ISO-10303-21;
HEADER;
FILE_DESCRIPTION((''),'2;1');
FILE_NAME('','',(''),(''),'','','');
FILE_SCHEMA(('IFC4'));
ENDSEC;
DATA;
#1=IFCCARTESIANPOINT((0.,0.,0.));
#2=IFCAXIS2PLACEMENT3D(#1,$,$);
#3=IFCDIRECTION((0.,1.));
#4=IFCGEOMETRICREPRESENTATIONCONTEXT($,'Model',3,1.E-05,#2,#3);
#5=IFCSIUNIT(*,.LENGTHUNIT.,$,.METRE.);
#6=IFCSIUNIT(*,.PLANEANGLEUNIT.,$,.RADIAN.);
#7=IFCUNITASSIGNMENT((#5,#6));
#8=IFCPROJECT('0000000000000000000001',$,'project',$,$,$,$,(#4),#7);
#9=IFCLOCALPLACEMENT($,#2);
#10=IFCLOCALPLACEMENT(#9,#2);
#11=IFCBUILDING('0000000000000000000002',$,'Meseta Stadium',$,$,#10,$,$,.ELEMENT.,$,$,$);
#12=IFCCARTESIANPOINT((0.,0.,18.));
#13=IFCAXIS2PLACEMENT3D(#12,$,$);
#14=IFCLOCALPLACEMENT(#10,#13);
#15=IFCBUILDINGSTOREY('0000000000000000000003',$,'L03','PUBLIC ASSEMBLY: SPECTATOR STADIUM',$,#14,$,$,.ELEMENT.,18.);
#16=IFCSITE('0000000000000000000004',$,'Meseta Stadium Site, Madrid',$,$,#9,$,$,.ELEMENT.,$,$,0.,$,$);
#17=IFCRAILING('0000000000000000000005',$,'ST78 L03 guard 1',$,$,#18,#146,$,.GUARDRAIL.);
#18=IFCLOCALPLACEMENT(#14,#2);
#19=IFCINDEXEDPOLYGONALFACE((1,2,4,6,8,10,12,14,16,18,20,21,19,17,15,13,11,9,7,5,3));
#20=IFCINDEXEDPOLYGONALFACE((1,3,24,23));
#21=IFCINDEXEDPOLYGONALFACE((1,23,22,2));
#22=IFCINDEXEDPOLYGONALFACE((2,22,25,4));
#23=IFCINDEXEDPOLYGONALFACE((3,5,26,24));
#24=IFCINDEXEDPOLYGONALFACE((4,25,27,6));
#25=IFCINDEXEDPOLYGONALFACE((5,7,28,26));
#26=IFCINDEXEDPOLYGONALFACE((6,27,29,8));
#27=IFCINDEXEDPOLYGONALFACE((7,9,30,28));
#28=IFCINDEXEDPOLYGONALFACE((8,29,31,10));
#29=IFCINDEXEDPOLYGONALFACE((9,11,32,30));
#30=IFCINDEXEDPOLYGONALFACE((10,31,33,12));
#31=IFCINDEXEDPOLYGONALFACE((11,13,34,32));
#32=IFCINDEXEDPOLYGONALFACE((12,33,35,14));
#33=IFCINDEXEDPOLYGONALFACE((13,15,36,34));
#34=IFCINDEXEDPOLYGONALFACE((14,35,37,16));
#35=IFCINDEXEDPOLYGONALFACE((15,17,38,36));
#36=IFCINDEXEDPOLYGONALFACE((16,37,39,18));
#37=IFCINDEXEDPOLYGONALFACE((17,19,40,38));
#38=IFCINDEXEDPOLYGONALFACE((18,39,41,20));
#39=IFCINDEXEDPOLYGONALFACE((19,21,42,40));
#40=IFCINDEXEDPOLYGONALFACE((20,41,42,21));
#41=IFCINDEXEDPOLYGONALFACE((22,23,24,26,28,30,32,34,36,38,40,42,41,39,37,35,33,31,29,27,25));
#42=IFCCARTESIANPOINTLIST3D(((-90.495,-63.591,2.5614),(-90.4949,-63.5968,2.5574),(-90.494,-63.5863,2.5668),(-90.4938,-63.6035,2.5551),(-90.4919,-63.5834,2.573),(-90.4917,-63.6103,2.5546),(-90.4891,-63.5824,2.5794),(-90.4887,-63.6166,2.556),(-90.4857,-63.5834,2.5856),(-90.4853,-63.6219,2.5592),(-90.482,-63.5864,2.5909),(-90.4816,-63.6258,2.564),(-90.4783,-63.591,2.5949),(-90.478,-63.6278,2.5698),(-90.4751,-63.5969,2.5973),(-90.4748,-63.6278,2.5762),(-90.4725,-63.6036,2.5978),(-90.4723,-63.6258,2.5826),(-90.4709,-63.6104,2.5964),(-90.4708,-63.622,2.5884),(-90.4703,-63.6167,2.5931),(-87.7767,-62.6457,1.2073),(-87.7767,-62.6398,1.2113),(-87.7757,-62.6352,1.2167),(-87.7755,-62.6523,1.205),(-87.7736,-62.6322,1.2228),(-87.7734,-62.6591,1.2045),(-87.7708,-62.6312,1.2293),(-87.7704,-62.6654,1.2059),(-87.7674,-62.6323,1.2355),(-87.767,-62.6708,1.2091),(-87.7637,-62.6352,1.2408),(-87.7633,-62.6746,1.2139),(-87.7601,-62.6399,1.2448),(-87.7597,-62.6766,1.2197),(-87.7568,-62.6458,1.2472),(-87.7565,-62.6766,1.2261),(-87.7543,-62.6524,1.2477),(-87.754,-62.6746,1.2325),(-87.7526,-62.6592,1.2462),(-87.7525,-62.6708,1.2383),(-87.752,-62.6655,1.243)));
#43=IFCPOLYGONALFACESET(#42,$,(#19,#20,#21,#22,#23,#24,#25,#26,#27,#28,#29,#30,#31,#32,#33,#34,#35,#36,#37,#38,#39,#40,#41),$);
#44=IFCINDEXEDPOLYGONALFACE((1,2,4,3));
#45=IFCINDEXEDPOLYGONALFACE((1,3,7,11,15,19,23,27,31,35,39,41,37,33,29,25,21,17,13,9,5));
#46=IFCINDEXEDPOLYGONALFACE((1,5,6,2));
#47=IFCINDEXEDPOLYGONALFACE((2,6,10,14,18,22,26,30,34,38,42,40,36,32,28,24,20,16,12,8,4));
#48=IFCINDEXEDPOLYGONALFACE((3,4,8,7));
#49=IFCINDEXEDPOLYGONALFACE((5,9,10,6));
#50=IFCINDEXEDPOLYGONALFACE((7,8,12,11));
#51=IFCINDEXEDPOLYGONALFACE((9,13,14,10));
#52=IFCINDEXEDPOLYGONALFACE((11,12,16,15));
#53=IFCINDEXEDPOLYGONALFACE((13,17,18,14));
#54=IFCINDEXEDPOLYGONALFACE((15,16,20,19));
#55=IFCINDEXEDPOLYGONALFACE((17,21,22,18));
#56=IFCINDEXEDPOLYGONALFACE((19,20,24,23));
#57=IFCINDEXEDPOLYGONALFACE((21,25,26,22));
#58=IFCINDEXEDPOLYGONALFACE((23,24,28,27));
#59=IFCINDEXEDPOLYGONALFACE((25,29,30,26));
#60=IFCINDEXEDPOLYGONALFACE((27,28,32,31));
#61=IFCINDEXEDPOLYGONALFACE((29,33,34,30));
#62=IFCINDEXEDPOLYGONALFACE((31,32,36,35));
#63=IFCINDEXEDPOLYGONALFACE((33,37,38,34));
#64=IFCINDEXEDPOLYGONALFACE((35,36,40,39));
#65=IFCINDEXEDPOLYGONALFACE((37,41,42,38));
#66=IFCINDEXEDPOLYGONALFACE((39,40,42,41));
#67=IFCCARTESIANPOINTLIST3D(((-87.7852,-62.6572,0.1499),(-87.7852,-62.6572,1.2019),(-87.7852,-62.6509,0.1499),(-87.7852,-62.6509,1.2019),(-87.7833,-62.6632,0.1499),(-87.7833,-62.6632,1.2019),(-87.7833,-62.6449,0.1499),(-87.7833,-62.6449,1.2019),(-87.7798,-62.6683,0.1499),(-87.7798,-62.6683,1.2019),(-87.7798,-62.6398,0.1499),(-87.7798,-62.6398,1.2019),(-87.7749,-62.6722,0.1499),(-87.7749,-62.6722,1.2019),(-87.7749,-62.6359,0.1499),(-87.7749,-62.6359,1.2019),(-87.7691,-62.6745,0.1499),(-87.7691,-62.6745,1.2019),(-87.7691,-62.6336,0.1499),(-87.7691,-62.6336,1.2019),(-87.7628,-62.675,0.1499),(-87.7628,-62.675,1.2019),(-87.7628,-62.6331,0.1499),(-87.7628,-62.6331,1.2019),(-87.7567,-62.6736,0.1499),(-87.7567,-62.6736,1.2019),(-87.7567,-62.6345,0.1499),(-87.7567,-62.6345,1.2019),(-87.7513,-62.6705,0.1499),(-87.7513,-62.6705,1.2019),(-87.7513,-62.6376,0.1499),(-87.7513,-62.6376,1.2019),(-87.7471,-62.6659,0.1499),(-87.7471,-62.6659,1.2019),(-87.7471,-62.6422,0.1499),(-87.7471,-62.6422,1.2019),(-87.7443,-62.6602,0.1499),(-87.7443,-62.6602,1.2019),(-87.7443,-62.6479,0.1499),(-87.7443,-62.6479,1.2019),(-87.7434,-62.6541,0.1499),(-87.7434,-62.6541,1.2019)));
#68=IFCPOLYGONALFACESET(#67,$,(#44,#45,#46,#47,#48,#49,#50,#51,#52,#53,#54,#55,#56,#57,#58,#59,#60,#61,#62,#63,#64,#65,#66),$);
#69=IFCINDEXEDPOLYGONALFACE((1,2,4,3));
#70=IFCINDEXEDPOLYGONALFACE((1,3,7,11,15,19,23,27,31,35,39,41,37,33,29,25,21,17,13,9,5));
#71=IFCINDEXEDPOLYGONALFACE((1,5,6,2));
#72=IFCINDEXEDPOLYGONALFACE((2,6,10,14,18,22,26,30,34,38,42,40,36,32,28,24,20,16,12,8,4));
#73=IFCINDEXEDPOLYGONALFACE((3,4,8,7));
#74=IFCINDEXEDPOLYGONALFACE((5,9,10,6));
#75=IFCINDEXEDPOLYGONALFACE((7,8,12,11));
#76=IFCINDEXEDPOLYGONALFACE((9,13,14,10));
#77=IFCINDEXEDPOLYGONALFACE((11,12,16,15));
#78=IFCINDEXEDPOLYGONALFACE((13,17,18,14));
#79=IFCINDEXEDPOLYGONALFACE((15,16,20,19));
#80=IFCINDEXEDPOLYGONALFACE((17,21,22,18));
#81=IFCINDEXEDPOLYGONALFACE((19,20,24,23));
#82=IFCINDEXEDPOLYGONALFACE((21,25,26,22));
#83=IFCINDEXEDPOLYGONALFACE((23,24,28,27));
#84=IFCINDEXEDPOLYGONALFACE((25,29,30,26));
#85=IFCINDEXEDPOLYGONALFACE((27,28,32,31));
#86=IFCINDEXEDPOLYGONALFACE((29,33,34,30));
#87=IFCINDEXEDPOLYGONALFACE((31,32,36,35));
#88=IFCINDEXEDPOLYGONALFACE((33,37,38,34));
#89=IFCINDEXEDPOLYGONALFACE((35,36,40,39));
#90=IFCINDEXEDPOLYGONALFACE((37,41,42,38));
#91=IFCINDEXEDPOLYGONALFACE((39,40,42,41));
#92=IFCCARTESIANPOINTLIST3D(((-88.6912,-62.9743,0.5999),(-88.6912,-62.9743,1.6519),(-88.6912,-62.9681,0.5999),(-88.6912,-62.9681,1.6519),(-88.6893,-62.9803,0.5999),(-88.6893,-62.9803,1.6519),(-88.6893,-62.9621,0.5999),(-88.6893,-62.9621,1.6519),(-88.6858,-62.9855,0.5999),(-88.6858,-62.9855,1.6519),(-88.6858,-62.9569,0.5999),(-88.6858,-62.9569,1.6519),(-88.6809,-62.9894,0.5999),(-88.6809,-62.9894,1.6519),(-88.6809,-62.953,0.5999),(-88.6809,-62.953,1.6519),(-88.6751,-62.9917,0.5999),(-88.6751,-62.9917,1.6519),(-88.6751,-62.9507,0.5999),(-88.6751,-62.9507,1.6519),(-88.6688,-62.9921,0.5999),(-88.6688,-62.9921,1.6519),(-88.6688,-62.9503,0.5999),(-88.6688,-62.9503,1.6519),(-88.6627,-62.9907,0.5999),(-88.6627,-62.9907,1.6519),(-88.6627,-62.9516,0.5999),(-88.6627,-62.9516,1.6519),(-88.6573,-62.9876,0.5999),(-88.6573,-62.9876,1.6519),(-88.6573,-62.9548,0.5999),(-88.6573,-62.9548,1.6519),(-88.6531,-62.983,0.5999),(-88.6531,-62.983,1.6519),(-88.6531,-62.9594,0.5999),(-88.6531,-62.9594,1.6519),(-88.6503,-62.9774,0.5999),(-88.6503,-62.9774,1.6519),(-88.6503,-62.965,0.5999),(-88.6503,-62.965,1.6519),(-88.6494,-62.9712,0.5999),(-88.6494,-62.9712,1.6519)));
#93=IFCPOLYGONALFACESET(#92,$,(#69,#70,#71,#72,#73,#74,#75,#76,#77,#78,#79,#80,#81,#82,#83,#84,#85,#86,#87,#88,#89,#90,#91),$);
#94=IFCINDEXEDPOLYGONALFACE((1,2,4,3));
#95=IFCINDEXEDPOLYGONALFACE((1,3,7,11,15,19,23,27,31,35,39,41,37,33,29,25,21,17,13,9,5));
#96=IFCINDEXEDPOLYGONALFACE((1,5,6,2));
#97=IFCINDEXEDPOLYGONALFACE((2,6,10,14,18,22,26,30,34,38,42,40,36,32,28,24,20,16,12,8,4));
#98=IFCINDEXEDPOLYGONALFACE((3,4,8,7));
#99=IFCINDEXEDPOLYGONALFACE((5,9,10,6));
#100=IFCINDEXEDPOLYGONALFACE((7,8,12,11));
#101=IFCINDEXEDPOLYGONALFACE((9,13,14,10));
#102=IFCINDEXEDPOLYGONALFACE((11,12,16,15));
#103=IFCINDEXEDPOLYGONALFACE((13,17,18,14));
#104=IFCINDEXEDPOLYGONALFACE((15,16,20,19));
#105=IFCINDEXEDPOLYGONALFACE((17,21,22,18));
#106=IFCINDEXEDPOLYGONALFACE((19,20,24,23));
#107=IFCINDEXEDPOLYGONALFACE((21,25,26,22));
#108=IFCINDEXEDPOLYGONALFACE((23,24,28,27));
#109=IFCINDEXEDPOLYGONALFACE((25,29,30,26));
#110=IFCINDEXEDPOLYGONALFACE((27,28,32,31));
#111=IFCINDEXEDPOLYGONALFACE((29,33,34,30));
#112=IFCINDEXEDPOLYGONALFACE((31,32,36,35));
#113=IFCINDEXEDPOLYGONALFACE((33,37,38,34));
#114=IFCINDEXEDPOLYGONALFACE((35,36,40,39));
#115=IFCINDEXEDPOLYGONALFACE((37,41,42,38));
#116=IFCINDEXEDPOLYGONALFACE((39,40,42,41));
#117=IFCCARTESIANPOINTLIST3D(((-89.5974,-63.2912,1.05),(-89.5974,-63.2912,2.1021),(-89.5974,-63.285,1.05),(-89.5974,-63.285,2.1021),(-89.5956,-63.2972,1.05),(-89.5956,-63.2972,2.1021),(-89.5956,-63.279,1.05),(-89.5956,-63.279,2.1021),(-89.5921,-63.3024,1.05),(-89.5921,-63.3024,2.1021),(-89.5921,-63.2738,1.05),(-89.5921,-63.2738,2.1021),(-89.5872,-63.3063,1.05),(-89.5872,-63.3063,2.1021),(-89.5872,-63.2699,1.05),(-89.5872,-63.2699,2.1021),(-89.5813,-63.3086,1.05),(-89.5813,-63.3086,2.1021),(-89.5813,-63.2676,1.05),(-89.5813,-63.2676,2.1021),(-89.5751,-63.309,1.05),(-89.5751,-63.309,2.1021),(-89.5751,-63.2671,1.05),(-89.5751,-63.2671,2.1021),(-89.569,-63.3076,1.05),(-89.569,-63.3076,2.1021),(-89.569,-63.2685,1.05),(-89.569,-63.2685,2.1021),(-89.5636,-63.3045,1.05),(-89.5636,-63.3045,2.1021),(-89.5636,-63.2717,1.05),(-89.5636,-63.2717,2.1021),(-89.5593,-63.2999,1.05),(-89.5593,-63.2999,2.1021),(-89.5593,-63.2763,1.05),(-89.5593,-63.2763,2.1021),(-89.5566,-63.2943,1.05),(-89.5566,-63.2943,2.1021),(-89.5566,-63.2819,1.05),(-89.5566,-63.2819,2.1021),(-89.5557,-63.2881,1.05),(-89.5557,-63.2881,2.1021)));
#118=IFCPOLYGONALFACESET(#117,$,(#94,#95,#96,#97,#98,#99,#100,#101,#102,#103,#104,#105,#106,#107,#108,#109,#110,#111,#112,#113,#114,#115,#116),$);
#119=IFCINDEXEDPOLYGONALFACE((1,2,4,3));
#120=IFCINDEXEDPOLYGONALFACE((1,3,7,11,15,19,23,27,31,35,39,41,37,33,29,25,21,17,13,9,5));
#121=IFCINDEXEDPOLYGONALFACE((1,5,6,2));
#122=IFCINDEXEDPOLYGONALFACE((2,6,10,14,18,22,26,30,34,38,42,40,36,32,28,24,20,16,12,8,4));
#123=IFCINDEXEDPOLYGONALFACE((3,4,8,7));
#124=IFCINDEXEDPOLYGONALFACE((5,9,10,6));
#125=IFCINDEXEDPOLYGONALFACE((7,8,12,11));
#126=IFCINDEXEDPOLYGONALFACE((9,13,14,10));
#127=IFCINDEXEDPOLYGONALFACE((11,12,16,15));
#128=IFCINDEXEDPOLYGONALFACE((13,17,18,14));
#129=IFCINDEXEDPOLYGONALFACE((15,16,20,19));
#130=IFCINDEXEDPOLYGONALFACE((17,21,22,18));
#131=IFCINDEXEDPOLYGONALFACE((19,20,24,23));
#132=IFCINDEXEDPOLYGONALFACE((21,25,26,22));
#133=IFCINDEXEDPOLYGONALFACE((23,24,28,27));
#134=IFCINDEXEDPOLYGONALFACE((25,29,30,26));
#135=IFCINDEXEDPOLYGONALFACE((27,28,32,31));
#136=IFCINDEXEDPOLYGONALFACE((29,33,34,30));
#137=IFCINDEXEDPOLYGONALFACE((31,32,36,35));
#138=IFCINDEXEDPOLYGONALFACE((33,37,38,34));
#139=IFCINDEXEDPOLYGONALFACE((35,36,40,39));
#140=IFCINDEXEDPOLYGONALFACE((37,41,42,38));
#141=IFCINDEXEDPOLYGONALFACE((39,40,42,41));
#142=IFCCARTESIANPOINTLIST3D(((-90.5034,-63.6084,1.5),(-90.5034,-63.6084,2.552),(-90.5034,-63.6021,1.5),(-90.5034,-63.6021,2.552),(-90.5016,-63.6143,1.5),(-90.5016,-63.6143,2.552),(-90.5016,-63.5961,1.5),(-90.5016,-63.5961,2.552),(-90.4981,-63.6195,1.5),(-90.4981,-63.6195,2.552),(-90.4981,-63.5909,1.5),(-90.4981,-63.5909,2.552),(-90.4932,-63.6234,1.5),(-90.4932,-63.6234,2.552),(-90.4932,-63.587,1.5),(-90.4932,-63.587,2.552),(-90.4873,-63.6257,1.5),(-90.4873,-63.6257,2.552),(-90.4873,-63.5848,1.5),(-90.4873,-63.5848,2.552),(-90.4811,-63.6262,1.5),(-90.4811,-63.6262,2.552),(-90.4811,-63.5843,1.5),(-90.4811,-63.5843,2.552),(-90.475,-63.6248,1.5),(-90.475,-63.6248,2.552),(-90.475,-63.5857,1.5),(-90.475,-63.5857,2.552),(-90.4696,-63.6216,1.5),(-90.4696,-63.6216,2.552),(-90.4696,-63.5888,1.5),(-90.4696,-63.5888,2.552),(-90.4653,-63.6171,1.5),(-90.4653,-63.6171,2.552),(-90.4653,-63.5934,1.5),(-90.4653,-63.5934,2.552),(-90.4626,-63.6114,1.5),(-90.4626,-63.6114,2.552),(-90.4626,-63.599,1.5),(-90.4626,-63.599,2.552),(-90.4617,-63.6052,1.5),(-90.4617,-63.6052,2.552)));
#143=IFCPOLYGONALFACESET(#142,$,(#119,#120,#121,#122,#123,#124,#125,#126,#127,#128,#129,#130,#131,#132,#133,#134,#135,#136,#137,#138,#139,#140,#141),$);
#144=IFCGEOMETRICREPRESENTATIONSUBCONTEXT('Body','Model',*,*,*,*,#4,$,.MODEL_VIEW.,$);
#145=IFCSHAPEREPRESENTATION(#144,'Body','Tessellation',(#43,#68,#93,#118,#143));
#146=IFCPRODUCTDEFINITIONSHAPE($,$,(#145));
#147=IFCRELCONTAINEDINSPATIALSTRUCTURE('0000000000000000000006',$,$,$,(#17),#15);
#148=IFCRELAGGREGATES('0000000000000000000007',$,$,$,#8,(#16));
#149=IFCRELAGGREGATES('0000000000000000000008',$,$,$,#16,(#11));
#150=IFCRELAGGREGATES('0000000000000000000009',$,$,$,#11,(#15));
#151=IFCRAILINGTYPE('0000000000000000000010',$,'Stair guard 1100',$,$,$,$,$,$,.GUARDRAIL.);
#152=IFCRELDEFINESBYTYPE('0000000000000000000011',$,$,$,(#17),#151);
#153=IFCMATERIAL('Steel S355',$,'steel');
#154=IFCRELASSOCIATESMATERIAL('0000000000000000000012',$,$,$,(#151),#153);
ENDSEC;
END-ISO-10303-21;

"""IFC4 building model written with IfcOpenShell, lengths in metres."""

from ifc_helpers import new_model, si_unit, direction, frame, origin, origin_2d, place, context, subcontext, project, spatial, circle, extrude, material, type_object, element, save


model = new_model("IFC4")

# Units and contexts
model_context = context("Model", 3, precision=1e-05, world=origin(), true_north=direction((0.0, 1.0)))
body_context = subcontext(model_context, "Body", "Model", "MODEL_VIEW")
ifc_project = project(units=[si_unit("LENGTHUNIT", "METRE"), si_unit("PLANEANGLEUNIT", "RADIAN")], contexts=[model_context])

# Site, building, storey
site_placement = place(None, origin())
site = spatial("IfcSite", under=ifc_project, at=site_placement, Name="Meseta Stadium Site, Madrid", CompositionType="ELEMENT", RefElevation=0.0)
building_placement = place(site_placement, origin())
building = spatial("IfcBuilding", under=site, at=building_placement, Name="Meseta Stadium", CompositionType="ELEMENT")
storey_placement = place(building_placement, frame((0.0, 0.0, 18.0)))
storey = spatial("IfcBuildingStorey", under=building, at=storey_placement, Name="L03", Description="PUBLIC ASSEMBLY: SPECTATOR STADIUM", CompositionType="ELEMENT", Elevation=18.0)

# Railing
ifc_material_1 = material(Name="Steel S355", Category="steel")
railing_type_1 = type_object("IfcRailingType", Name="Stair guard 1100", PredefinedType="GUARDRAIL", material=ifc_material_1)
railing_1_placement = place(storey_placement, frame((-87.7644, -62.6541, 0.1499)))
element("IfcRailing", 1, at=railing_1_placement, inside=storey, type_object=railing_type_1, Name="ST78 L03 guard 1", PredefinedType="GUARDRAIL", context=body_context, shape_type="SweptSolid", body=[
    extrude(circle(Radius=0.0239, at=origin_2d()), frame((0.0, 0.0, 1.0762), z_axis=(-0.854629, -0.299051, 0.424474), x_axis=(0.330282, -0.943882, 0.0)), (0.0, 0.0, 1.0), 3.1807),
    extrude(circle(Radius=0.021, at=origin_2d()), origin(), (0.0, 0.0, 1.0), 1.052),
    extrude(circle(Radius=0.021, at=origin_2d()), frame((-0.906, -0.3171, 0.45)), (0.0, 0.0, 1.0), 1.052),
    extrude(circle(Radius=0.021, at=origin_2d()), frame((-1.8123, -0.634, 0.9001)), (0.0, 0.0, 1.0), 1.052),
    extrude(circle(Radius=0.021, at=origin_2d()), frame((-2.7183, -0.9512, 1.3501)), (0.0, 0.0, 1.0), 1.052),
])

save(model, "model.ifc")
